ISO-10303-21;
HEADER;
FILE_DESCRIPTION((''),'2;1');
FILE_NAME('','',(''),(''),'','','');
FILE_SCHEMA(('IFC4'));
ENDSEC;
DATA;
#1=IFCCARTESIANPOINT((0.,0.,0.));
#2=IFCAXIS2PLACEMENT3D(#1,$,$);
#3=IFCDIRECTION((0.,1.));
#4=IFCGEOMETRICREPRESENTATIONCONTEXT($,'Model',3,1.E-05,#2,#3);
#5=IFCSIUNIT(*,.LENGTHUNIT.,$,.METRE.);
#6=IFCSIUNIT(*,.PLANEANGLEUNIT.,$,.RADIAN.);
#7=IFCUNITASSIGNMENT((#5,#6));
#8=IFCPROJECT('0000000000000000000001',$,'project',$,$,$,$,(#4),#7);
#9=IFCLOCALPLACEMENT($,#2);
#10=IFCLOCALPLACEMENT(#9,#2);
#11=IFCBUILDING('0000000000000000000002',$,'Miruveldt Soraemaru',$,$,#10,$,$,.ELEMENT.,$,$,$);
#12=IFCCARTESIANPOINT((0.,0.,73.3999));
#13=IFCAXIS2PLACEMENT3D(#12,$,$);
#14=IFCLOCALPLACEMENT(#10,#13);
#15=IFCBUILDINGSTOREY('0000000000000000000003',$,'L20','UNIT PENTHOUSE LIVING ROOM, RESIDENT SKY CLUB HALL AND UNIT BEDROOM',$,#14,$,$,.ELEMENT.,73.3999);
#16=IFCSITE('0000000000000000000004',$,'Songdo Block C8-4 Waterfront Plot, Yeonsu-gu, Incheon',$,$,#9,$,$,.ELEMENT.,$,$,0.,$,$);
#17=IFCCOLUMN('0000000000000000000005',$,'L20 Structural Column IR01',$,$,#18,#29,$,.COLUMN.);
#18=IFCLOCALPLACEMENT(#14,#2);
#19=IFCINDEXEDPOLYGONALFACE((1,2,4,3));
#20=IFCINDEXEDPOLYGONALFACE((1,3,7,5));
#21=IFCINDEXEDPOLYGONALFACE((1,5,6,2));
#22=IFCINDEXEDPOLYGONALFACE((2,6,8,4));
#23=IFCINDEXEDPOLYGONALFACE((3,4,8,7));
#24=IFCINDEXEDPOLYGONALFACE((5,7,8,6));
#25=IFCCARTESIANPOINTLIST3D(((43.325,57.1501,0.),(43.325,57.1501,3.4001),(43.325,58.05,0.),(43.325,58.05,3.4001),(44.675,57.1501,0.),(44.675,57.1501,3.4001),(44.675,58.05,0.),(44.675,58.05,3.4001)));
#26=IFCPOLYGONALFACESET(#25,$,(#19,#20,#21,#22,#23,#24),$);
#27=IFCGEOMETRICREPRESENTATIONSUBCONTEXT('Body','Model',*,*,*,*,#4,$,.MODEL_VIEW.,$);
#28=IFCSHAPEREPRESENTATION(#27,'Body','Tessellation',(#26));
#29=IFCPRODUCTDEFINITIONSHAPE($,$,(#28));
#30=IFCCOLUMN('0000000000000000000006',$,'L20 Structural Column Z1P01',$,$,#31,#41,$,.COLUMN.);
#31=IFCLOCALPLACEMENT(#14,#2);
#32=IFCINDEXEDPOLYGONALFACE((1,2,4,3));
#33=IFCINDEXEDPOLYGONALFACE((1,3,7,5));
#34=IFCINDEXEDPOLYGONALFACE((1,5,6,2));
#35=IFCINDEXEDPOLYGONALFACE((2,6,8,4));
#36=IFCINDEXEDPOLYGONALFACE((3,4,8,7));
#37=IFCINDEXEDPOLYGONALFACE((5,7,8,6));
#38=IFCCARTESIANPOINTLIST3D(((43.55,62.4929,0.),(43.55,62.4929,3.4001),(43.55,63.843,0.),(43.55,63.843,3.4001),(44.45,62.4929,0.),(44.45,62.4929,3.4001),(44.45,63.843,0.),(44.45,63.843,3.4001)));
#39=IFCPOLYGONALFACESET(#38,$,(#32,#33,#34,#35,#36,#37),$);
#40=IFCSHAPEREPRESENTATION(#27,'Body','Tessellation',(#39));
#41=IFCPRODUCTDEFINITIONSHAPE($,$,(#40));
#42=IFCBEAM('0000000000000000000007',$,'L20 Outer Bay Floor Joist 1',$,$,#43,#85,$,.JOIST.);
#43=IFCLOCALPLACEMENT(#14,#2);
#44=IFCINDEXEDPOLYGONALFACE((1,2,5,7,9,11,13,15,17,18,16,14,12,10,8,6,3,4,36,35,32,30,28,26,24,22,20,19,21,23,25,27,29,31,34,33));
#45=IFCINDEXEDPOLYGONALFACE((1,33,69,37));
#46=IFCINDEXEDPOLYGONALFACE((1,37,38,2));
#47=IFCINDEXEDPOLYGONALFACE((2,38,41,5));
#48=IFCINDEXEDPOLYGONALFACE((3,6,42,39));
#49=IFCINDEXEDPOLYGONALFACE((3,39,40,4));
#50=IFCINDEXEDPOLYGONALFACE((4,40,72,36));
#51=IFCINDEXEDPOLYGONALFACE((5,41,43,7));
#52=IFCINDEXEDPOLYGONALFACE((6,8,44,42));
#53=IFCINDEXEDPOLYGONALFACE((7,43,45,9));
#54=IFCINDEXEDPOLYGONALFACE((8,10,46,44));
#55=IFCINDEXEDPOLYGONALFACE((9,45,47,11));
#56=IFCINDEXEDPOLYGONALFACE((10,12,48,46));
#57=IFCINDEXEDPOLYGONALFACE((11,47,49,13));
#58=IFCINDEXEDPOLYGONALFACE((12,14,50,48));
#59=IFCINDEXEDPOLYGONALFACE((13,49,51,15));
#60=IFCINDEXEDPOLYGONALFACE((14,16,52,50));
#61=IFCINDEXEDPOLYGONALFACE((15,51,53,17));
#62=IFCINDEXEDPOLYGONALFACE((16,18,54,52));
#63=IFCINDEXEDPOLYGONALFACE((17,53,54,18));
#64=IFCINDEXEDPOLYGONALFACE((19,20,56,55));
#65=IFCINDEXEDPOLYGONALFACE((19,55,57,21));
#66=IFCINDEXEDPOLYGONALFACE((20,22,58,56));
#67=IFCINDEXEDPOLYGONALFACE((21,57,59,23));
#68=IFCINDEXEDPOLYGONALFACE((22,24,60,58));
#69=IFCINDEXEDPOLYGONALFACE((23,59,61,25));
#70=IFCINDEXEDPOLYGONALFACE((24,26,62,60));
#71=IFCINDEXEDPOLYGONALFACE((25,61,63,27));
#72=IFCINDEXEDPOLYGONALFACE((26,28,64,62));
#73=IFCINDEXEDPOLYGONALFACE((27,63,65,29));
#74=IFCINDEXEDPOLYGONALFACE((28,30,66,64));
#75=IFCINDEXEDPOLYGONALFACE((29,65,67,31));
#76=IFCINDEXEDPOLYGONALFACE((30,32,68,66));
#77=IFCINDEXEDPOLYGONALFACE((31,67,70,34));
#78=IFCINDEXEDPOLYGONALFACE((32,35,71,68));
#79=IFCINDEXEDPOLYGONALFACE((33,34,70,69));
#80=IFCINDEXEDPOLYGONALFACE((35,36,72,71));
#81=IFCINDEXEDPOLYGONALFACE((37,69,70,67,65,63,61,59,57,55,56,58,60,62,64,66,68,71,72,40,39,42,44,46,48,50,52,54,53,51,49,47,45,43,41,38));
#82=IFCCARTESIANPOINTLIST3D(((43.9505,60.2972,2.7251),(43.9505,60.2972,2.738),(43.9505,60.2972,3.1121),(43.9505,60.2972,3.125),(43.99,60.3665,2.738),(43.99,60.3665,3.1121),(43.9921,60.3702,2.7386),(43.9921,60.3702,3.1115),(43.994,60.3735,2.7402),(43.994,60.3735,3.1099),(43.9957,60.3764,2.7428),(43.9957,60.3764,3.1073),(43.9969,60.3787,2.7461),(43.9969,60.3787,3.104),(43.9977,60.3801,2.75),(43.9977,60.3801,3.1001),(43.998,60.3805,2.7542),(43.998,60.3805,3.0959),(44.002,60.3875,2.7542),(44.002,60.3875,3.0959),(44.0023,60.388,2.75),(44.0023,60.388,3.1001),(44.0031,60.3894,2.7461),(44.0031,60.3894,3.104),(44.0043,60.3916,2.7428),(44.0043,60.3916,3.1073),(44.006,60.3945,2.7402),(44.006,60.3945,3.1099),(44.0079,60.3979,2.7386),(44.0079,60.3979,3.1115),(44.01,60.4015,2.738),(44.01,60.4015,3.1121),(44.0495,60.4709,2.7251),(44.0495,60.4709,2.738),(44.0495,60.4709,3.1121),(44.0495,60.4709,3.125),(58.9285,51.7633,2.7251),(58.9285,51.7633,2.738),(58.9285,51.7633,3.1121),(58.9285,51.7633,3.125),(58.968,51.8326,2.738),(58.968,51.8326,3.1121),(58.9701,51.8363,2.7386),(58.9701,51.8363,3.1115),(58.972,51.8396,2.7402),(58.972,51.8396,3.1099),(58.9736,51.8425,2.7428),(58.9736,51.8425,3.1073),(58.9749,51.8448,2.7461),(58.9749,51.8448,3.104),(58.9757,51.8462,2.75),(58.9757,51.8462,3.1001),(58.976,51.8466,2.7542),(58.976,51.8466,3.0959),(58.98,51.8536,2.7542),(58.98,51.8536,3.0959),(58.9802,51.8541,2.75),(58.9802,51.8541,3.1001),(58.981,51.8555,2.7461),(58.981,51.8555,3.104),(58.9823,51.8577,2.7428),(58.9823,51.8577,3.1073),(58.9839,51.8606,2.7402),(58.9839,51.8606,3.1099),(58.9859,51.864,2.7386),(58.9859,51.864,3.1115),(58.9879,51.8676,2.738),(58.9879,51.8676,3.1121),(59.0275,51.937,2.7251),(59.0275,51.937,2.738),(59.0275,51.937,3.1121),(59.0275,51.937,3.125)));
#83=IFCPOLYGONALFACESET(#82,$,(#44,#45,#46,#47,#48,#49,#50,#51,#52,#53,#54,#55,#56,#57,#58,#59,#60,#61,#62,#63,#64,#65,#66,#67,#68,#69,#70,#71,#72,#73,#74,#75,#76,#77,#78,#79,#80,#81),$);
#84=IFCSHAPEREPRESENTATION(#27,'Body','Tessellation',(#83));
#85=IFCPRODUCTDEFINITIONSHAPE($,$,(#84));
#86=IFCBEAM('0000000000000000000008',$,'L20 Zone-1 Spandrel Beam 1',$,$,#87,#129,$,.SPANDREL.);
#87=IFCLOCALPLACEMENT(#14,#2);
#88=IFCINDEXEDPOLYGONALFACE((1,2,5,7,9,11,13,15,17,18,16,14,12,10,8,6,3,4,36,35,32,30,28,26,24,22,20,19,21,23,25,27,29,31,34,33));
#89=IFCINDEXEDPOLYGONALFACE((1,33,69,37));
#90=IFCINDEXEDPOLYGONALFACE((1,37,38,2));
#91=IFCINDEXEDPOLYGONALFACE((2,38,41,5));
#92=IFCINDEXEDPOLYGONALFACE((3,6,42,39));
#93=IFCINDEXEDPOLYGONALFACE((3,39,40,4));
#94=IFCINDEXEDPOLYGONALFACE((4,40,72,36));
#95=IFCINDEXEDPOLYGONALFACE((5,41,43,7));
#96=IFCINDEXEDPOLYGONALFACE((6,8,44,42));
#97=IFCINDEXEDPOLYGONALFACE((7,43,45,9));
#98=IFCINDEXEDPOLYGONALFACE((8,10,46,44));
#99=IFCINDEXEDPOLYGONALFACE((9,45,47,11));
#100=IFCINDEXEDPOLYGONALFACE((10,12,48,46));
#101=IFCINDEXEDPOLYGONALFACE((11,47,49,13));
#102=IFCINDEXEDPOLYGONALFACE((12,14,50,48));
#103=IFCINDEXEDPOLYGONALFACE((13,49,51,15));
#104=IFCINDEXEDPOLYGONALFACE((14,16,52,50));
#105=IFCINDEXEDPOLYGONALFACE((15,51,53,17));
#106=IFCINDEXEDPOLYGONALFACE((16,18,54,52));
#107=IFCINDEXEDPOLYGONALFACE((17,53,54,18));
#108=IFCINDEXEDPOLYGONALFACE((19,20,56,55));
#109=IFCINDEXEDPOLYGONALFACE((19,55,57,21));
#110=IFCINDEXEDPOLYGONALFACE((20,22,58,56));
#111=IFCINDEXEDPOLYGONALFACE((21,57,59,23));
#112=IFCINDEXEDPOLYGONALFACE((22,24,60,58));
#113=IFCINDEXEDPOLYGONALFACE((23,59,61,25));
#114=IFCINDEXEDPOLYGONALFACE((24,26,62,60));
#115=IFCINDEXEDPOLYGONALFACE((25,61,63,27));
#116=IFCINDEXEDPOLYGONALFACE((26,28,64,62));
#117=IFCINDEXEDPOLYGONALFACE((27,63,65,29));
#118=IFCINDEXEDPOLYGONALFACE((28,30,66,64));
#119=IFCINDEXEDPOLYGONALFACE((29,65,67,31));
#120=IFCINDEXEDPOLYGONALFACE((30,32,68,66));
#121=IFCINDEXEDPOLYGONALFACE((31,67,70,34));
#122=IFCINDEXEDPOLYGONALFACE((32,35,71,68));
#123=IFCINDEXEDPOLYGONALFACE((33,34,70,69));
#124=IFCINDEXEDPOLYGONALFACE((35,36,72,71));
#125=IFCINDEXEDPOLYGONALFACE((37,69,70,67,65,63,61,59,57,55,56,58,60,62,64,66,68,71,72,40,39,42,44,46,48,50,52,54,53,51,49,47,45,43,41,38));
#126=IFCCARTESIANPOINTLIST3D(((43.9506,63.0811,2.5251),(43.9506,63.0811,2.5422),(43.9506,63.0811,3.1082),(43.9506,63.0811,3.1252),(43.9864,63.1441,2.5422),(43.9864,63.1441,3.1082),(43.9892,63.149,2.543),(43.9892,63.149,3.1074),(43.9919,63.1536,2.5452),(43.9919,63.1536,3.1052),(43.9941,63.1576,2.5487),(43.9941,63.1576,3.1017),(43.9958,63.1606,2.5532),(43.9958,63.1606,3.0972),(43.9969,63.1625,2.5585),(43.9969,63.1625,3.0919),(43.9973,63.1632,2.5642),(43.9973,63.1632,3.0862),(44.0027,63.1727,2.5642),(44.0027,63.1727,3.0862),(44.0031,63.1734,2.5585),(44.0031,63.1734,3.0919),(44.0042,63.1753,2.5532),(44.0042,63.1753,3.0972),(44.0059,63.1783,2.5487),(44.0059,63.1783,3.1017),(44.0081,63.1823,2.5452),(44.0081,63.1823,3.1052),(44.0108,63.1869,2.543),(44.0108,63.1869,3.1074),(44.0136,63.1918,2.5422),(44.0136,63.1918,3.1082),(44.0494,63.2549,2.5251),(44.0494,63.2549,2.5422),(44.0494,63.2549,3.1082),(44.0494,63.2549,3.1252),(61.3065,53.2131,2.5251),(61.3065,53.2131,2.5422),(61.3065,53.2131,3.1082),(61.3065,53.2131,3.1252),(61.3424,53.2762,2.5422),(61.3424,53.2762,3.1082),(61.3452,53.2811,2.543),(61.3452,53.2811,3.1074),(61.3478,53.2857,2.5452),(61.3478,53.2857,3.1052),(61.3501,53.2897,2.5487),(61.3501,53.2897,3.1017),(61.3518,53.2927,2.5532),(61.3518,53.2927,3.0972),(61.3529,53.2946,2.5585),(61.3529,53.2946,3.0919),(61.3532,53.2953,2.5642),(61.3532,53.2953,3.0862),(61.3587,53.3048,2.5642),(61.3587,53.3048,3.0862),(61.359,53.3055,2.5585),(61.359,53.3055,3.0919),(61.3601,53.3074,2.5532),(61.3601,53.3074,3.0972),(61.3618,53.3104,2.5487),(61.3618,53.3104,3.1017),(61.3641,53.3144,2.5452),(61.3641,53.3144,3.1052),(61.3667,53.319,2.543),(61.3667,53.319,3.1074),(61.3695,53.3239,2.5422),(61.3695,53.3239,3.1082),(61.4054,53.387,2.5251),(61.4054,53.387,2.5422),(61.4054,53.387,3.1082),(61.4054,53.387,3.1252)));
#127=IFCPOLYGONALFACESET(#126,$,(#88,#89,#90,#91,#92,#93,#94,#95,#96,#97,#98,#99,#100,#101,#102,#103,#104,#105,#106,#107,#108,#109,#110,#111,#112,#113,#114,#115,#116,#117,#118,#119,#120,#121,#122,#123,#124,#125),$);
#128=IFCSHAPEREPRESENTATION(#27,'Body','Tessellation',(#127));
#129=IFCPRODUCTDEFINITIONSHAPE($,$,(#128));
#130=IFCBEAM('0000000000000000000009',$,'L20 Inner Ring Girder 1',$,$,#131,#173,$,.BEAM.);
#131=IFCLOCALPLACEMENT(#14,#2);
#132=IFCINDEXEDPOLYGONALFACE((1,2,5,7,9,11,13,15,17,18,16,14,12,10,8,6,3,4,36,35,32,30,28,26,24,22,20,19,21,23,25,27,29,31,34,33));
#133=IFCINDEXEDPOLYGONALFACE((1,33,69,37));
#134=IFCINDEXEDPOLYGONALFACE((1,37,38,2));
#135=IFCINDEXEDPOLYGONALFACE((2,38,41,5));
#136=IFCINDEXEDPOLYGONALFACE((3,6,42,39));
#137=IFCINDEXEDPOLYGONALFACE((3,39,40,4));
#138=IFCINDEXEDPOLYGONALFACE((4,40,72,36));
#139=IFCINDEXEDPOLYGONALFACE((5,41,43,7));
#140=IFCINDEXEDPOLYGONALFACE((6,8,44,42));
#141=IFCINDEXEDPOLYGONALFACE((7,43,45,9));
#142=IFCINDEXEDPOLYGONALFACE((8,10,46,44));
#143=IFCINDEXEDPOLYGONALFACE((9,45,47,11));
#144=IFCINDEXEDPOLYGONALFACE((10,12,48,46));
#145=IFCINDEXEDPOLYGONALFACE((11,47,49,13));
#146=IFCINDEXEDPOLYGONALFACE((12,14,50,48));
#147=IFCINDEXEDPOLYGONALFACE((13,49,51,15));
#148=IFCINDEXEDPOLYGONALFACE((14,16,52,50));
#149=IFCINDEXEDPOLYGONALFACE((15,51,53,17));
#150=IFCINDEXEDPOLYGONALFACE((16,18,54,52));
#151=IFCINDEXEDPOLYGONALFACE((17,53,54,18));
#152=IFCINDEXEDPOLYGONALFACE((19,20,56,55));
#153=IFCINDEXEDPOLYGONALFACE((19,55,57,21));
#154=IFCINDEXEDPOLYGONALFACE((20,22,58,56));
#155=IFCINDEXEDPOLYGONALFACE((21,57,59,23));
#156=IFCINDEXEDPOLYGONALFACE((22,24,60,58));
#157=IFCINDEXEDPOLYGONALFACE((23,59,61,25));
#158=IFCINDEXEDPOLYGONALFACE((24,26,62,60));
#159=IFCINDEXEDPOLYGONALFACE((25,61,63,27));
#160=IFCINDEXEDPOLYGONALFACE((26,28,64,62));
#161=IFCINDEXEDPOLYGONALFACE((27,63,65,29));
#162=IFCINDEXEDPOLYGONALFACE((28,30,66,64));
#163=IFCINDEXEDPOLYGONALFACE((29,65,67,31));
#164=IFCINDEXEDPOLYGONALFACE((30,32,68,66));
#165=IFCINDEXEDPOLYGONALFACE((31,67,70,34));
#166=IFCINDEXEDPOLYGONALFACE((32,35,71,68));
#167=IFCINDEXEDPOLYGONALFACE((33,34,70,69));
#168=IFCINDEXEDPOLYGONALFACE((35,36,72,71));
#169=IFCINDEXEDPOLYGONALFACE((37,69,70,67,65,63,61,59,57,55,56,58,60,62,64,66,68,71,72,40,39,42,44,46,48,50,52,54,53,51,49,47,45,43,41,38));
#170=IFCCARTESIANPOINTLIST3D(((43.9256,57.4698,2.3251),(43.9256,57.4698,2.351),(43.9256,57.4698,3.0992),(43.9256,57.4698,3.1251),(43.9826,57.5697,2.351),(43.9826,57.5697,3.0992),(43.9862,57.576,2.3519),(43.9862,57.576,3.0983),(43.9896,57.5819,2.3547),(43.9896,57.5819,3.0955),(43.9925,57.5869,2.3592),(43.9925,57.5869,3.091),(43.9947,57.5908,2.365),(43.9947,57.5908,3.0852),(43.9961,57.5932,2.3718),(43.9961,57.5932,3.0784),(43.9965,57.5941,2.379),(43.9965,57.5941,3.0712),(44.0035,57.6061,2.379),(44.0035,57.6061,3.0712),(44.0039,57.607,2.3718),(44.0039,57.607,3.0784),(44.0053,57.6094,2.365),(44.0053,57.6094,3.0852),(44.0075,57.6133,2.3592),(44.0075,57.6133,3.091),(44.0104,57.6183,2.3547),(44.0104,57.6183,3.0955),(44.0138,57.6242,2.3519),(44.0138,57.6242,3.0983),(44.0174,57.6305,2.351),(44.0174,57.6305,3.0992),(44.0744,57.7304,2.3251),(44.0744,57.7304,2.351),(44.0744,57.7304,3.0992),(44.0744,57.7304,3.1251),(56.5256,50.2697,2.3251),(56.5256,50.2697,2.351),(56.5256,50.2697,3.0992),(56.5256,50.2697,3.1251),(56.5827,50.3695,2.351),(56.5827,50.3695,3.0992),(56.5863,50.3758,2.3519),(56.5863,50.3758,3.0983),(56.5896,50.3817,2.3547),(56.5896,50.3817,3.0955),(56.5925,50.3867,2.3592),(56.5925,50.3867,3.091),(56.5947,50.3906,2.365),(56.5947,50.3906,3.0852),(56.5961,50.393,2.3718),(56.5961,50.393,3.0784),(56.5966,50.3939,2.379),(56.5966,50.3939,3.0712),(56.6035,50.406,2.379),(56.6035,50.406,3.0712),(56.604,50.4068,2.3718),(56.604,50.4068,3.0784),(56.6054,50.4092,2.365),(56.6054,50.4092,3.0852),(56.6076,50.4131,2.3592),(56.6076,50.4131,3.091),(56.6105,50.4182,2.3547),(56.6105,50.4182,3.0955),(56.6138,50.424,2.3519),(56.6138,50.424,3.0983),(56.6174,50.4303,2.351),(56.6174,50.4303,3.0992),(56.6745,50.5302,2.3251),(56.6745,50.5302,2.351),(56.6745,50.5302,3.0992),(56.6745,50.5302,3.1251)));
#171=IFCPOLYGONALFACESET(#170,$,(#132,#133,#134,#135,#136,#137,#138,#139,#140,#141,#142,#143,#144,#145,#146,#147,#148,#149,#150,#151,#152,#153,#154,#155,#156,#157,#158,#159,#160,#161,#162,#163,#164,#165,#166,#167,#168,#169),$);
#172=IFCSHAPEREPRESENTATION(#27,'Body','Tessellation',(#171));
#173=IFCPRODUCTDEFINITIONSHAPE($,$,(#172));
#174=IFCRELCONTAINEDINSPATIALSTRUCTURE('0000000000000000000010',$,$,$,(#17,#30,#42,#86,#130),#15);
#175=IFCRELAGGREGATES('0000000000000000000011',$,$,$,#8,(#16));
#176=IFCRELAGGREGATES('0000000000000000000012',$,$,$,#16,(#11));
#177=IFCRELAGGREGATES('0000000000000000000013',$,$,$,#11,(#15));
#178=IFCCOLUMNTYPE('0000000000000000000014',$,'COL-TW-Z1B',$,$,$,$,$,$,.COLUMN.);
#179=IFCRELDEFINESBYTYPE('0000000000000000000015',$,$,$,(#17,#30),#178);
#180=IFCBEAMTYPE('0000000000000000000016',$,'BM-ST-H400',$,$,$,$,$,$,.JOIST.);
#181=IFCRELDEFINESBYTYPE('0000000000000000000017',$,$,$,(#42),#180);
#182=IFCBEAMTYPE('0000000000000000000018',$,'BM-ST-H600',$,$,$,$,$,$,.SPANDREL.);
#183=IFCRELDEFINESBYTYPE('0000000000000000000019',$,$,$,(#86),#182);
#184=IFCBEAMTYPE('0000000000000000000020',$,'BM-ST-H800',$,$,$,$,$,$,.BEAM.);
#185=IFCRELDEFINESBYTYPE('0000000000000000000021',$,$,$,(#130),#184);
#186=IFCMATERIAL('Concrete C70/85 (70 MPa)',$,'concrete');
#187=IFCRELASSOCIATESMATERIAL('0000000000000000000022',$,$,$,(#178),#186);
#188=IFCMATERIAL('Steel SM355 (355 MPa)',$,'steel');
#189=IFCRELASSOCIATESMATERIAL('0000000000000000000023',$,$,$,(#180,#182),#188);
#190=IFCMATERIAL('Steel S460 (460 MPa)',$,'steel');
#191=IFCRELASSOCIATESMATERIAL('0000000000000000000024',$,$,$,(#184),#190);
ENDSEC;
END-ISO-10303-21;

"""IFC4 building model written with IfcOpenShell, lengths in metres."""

from ifc_helpers import new_model, si_unit, direction, frame, origin, origin_2d, place, context, subcontext, project, spatial, rectangle, i_section, extrude, material, material_profile, profile_set, type_object, element, save


model = new_model("IFC4")

# Units and contexts
model_context = context("Model", 3, precision=1e-05, world=origin(), true_north=direction((0.0, 1.0)))
body_context = subcontext(model_context, "Body", "Model", "MODEL_VIEW")
ifc_project = project(units=[si_unit("LENGTHUNIT", "METRE"), si_unit("PLANEANGLEUNIT", "RADIAN")], contexts=[model_context])

# Site, building, storey
site_placement = place(None, origin())
site = spatial("IfcSite", under=ifc_project, at=site_placement, Name="Songdo Block C8-4 Waterfront Plot, Yeonsu-gu, Incheon", CompositionType="ELEMENT", RefElevation=0.0)
building_placement = place(site_placement, origin())
building = spatial("IfcBuilding", under=site, at=building_placement, Name="Miruveldt Soraemaru", CompositionType="ELEMENT")
storey_placement = place(building_placement, frame((0.0, 0.0, 73.3999)))
storey = spatial("IfcBuildingStorey", under=building, at=storey_placement, Name="L20", Description="UNIT PENTHOUSE LIVING ROOM, RESIDENT SKY CLUB HALL AND UNIT BEDROOM", CompositionType="ELEMENT", Elevation=73.3999)

# Columns
ifc_material_1 = material(Name="Concrete C70/85 (70 MPa)", Category="concrete")
ifc_material_profile_1 = material_profile(ifc_material_1, rectangle(XDim=1.3501, YDim=0.8999, at=origin_2d()), Name="Concrete C70/85 (70 MPa)", Category="concrete")
ifc_profile_set_1 = profile_set([ifc_material_profile_1], Name="Concrete C70/85 (70 MPa)")
column_type = type_object("IfcColumnType", Name="COL-TW-Z1B", PredefinedType="COLUMN", material=ifc_profile_set_1)
for number, where, z_axis, x_axis, name in (
    (1, (44.0, 57.6001, 0.0), (0.0, 0.0, 1.0), (1.0, 0.0, 0.0), "L20 Structural Column IR01"),
    (2, (44.0, 63.168, 0.0), (0.0, 0.0, 1.0), (0.0, 1.0, 0.0), "L20 Structural Column Z1P01"),
):
    element("IfcColumn", number, at=place(storey_placement, frame(where, z_axis=z_axis, x_axis=x_axis)), inside=storey, type_object=column_type, Name=name, PredefinedType="COLUMN", context=body_context, shape_type="SweptSolid", body=[
        extrude(rectangle(XDim=1.3501, YDim=0.8999, at=origin_2d()), origin(), (0.0, 0.0, 1.0), 3.4001),
    ])

# Beams
ifc_material_2 = material(Name="Steel SM355 (355 MPa)", Category="steel")
ifc_material_profile_2 = material_profile(ifc_material_2, i_section(OverallWidth=0.2, OverallDepth=0.3999, WebThickness=0.0081, FlangeThickness=0.0129, FilletRadius=0.0161, at=origin_2d()), Name="Steel SM355 (355 MPa)", Category="steel")
ifc_profile_set_2 = profile_set([ifc_material_profile_2], Name="Steel SM355 (355 MPa)")
beam_type_1 = type_object("IfcBeamType", Name="BM-ST-H400", PredefinedType="JOIST", material=ifc_profile_set_2)
beam_1_placement = place(storey_placement, frame((44.0, 60.384, 2.925), z_axis=(0.868866, -0.495048, 0.0), x_axis=(0.495048, 0.868866, 0.0)))
element("IfcBeam", 3, at=beam_1_placement, inside=storey, type_object=beam_type_1, Name="L20 Outer Bay Floor Joist 1", PredefinedType="JOIST", context=body_context, shape_type="SweptSolid", body=[
    extrude(i_section(OverallWidth=0.2, OverallDepth=0.3999, WebThickness=0.0081, FlangeThickness=0.0129, FilletRadius=0.0161, at=origin_2d()), origin(), (0.0, 0.0, 1.0), 17.2385),
])
ifc_material_profile_3 = material_profile(ifc_material_2, i_section(OverallWidth=0.2, OverallDepth=0.6001, WebThickness=0.011, FlangeThickness=0.0171, FilletRadius=0.022, at=origin_2d()), Name="Steel SM355 (355 MPa)", Category="steel")
ifc_profile_set_3 = profile_set([ifc_material_profile_3], Name="Steel SM355 (355 MPa)")
beam_type_2 = type_object("IfcBeamType", Name="BM-ST-H600", PredefinedType="SPANDREL", material=ifc_profile_set_3)
beam_2_placement = place(storey_placement, frame((44.0, 63.168, 2.8252), z_axis=(0.869315, -0.494259, 0.0), x_axis=(0.494259, 0.869315, 0.0)))
element("IfcBeam", 4, at=beam_2_placement, inside=storey, type_object=beam_type_2, Name="L20 Zone-1 Spandrel Beam 1", PredefinedType="SPANDREL", context=body_context, shape_type="SweptSolid", body=[
    extrude(i_section(OverallWidth=0.2, OverallDepth=0.6001, WebThickness=0.011, FlangeThickness=0.0171, FilletRadius=0.022, at=origin_2d()), origin(), (0.0, 0.0, 1.0), 19.9651),
])
ifc_material_3 = material(Name="Steel S460 (460 MPa)", Category="steel")
ifc_material_profile_4 = material_profile(ifc_material_3, i_section(OverallWidth=0.3, OverallDepth=0.8, WebThickness=0.0139, FlangeThickness=0.0259, FilletRadius=0.0281, at=origin_2d()), Name="Steel S460 (460 MPa)", Category="steel")
ifc_profile_set_4 = profile_set([ifc_material_profile_4], Name="Steel S460 (460 MPa)")
beam_type_3 = type_object("IfcBeamType", Name="BM-ST-H800", PredefinedType="BEAM", material=ifc_profile_set_4)
beam_3_placement = place(storey_placement, frame((44.0, 57.6001, 2.7251), z_axis=(0.868239, -0.496146, 0.0), x_axis=(0.496146, 0.868239, 0.0)))
element("IfcBeam", 5, at=beam_3_placement, inside=storey, type_object=beam_type_3, Name="L20 Inner Ring Girder 1", PredefinedType="BEAM", context=body_context, shape_type="SweptSolid", body=[
    extrude(i_section(OverallWidth=0.3, OverallDepth=0.8, WebThickness=0.0139, FlangeThickness=0.0259, FilletRadius=0.0281, at=origin_2d()), origin(), (0.0, 0.0, 1.0), 14.5122),
])

save(model, "model.ifc")
